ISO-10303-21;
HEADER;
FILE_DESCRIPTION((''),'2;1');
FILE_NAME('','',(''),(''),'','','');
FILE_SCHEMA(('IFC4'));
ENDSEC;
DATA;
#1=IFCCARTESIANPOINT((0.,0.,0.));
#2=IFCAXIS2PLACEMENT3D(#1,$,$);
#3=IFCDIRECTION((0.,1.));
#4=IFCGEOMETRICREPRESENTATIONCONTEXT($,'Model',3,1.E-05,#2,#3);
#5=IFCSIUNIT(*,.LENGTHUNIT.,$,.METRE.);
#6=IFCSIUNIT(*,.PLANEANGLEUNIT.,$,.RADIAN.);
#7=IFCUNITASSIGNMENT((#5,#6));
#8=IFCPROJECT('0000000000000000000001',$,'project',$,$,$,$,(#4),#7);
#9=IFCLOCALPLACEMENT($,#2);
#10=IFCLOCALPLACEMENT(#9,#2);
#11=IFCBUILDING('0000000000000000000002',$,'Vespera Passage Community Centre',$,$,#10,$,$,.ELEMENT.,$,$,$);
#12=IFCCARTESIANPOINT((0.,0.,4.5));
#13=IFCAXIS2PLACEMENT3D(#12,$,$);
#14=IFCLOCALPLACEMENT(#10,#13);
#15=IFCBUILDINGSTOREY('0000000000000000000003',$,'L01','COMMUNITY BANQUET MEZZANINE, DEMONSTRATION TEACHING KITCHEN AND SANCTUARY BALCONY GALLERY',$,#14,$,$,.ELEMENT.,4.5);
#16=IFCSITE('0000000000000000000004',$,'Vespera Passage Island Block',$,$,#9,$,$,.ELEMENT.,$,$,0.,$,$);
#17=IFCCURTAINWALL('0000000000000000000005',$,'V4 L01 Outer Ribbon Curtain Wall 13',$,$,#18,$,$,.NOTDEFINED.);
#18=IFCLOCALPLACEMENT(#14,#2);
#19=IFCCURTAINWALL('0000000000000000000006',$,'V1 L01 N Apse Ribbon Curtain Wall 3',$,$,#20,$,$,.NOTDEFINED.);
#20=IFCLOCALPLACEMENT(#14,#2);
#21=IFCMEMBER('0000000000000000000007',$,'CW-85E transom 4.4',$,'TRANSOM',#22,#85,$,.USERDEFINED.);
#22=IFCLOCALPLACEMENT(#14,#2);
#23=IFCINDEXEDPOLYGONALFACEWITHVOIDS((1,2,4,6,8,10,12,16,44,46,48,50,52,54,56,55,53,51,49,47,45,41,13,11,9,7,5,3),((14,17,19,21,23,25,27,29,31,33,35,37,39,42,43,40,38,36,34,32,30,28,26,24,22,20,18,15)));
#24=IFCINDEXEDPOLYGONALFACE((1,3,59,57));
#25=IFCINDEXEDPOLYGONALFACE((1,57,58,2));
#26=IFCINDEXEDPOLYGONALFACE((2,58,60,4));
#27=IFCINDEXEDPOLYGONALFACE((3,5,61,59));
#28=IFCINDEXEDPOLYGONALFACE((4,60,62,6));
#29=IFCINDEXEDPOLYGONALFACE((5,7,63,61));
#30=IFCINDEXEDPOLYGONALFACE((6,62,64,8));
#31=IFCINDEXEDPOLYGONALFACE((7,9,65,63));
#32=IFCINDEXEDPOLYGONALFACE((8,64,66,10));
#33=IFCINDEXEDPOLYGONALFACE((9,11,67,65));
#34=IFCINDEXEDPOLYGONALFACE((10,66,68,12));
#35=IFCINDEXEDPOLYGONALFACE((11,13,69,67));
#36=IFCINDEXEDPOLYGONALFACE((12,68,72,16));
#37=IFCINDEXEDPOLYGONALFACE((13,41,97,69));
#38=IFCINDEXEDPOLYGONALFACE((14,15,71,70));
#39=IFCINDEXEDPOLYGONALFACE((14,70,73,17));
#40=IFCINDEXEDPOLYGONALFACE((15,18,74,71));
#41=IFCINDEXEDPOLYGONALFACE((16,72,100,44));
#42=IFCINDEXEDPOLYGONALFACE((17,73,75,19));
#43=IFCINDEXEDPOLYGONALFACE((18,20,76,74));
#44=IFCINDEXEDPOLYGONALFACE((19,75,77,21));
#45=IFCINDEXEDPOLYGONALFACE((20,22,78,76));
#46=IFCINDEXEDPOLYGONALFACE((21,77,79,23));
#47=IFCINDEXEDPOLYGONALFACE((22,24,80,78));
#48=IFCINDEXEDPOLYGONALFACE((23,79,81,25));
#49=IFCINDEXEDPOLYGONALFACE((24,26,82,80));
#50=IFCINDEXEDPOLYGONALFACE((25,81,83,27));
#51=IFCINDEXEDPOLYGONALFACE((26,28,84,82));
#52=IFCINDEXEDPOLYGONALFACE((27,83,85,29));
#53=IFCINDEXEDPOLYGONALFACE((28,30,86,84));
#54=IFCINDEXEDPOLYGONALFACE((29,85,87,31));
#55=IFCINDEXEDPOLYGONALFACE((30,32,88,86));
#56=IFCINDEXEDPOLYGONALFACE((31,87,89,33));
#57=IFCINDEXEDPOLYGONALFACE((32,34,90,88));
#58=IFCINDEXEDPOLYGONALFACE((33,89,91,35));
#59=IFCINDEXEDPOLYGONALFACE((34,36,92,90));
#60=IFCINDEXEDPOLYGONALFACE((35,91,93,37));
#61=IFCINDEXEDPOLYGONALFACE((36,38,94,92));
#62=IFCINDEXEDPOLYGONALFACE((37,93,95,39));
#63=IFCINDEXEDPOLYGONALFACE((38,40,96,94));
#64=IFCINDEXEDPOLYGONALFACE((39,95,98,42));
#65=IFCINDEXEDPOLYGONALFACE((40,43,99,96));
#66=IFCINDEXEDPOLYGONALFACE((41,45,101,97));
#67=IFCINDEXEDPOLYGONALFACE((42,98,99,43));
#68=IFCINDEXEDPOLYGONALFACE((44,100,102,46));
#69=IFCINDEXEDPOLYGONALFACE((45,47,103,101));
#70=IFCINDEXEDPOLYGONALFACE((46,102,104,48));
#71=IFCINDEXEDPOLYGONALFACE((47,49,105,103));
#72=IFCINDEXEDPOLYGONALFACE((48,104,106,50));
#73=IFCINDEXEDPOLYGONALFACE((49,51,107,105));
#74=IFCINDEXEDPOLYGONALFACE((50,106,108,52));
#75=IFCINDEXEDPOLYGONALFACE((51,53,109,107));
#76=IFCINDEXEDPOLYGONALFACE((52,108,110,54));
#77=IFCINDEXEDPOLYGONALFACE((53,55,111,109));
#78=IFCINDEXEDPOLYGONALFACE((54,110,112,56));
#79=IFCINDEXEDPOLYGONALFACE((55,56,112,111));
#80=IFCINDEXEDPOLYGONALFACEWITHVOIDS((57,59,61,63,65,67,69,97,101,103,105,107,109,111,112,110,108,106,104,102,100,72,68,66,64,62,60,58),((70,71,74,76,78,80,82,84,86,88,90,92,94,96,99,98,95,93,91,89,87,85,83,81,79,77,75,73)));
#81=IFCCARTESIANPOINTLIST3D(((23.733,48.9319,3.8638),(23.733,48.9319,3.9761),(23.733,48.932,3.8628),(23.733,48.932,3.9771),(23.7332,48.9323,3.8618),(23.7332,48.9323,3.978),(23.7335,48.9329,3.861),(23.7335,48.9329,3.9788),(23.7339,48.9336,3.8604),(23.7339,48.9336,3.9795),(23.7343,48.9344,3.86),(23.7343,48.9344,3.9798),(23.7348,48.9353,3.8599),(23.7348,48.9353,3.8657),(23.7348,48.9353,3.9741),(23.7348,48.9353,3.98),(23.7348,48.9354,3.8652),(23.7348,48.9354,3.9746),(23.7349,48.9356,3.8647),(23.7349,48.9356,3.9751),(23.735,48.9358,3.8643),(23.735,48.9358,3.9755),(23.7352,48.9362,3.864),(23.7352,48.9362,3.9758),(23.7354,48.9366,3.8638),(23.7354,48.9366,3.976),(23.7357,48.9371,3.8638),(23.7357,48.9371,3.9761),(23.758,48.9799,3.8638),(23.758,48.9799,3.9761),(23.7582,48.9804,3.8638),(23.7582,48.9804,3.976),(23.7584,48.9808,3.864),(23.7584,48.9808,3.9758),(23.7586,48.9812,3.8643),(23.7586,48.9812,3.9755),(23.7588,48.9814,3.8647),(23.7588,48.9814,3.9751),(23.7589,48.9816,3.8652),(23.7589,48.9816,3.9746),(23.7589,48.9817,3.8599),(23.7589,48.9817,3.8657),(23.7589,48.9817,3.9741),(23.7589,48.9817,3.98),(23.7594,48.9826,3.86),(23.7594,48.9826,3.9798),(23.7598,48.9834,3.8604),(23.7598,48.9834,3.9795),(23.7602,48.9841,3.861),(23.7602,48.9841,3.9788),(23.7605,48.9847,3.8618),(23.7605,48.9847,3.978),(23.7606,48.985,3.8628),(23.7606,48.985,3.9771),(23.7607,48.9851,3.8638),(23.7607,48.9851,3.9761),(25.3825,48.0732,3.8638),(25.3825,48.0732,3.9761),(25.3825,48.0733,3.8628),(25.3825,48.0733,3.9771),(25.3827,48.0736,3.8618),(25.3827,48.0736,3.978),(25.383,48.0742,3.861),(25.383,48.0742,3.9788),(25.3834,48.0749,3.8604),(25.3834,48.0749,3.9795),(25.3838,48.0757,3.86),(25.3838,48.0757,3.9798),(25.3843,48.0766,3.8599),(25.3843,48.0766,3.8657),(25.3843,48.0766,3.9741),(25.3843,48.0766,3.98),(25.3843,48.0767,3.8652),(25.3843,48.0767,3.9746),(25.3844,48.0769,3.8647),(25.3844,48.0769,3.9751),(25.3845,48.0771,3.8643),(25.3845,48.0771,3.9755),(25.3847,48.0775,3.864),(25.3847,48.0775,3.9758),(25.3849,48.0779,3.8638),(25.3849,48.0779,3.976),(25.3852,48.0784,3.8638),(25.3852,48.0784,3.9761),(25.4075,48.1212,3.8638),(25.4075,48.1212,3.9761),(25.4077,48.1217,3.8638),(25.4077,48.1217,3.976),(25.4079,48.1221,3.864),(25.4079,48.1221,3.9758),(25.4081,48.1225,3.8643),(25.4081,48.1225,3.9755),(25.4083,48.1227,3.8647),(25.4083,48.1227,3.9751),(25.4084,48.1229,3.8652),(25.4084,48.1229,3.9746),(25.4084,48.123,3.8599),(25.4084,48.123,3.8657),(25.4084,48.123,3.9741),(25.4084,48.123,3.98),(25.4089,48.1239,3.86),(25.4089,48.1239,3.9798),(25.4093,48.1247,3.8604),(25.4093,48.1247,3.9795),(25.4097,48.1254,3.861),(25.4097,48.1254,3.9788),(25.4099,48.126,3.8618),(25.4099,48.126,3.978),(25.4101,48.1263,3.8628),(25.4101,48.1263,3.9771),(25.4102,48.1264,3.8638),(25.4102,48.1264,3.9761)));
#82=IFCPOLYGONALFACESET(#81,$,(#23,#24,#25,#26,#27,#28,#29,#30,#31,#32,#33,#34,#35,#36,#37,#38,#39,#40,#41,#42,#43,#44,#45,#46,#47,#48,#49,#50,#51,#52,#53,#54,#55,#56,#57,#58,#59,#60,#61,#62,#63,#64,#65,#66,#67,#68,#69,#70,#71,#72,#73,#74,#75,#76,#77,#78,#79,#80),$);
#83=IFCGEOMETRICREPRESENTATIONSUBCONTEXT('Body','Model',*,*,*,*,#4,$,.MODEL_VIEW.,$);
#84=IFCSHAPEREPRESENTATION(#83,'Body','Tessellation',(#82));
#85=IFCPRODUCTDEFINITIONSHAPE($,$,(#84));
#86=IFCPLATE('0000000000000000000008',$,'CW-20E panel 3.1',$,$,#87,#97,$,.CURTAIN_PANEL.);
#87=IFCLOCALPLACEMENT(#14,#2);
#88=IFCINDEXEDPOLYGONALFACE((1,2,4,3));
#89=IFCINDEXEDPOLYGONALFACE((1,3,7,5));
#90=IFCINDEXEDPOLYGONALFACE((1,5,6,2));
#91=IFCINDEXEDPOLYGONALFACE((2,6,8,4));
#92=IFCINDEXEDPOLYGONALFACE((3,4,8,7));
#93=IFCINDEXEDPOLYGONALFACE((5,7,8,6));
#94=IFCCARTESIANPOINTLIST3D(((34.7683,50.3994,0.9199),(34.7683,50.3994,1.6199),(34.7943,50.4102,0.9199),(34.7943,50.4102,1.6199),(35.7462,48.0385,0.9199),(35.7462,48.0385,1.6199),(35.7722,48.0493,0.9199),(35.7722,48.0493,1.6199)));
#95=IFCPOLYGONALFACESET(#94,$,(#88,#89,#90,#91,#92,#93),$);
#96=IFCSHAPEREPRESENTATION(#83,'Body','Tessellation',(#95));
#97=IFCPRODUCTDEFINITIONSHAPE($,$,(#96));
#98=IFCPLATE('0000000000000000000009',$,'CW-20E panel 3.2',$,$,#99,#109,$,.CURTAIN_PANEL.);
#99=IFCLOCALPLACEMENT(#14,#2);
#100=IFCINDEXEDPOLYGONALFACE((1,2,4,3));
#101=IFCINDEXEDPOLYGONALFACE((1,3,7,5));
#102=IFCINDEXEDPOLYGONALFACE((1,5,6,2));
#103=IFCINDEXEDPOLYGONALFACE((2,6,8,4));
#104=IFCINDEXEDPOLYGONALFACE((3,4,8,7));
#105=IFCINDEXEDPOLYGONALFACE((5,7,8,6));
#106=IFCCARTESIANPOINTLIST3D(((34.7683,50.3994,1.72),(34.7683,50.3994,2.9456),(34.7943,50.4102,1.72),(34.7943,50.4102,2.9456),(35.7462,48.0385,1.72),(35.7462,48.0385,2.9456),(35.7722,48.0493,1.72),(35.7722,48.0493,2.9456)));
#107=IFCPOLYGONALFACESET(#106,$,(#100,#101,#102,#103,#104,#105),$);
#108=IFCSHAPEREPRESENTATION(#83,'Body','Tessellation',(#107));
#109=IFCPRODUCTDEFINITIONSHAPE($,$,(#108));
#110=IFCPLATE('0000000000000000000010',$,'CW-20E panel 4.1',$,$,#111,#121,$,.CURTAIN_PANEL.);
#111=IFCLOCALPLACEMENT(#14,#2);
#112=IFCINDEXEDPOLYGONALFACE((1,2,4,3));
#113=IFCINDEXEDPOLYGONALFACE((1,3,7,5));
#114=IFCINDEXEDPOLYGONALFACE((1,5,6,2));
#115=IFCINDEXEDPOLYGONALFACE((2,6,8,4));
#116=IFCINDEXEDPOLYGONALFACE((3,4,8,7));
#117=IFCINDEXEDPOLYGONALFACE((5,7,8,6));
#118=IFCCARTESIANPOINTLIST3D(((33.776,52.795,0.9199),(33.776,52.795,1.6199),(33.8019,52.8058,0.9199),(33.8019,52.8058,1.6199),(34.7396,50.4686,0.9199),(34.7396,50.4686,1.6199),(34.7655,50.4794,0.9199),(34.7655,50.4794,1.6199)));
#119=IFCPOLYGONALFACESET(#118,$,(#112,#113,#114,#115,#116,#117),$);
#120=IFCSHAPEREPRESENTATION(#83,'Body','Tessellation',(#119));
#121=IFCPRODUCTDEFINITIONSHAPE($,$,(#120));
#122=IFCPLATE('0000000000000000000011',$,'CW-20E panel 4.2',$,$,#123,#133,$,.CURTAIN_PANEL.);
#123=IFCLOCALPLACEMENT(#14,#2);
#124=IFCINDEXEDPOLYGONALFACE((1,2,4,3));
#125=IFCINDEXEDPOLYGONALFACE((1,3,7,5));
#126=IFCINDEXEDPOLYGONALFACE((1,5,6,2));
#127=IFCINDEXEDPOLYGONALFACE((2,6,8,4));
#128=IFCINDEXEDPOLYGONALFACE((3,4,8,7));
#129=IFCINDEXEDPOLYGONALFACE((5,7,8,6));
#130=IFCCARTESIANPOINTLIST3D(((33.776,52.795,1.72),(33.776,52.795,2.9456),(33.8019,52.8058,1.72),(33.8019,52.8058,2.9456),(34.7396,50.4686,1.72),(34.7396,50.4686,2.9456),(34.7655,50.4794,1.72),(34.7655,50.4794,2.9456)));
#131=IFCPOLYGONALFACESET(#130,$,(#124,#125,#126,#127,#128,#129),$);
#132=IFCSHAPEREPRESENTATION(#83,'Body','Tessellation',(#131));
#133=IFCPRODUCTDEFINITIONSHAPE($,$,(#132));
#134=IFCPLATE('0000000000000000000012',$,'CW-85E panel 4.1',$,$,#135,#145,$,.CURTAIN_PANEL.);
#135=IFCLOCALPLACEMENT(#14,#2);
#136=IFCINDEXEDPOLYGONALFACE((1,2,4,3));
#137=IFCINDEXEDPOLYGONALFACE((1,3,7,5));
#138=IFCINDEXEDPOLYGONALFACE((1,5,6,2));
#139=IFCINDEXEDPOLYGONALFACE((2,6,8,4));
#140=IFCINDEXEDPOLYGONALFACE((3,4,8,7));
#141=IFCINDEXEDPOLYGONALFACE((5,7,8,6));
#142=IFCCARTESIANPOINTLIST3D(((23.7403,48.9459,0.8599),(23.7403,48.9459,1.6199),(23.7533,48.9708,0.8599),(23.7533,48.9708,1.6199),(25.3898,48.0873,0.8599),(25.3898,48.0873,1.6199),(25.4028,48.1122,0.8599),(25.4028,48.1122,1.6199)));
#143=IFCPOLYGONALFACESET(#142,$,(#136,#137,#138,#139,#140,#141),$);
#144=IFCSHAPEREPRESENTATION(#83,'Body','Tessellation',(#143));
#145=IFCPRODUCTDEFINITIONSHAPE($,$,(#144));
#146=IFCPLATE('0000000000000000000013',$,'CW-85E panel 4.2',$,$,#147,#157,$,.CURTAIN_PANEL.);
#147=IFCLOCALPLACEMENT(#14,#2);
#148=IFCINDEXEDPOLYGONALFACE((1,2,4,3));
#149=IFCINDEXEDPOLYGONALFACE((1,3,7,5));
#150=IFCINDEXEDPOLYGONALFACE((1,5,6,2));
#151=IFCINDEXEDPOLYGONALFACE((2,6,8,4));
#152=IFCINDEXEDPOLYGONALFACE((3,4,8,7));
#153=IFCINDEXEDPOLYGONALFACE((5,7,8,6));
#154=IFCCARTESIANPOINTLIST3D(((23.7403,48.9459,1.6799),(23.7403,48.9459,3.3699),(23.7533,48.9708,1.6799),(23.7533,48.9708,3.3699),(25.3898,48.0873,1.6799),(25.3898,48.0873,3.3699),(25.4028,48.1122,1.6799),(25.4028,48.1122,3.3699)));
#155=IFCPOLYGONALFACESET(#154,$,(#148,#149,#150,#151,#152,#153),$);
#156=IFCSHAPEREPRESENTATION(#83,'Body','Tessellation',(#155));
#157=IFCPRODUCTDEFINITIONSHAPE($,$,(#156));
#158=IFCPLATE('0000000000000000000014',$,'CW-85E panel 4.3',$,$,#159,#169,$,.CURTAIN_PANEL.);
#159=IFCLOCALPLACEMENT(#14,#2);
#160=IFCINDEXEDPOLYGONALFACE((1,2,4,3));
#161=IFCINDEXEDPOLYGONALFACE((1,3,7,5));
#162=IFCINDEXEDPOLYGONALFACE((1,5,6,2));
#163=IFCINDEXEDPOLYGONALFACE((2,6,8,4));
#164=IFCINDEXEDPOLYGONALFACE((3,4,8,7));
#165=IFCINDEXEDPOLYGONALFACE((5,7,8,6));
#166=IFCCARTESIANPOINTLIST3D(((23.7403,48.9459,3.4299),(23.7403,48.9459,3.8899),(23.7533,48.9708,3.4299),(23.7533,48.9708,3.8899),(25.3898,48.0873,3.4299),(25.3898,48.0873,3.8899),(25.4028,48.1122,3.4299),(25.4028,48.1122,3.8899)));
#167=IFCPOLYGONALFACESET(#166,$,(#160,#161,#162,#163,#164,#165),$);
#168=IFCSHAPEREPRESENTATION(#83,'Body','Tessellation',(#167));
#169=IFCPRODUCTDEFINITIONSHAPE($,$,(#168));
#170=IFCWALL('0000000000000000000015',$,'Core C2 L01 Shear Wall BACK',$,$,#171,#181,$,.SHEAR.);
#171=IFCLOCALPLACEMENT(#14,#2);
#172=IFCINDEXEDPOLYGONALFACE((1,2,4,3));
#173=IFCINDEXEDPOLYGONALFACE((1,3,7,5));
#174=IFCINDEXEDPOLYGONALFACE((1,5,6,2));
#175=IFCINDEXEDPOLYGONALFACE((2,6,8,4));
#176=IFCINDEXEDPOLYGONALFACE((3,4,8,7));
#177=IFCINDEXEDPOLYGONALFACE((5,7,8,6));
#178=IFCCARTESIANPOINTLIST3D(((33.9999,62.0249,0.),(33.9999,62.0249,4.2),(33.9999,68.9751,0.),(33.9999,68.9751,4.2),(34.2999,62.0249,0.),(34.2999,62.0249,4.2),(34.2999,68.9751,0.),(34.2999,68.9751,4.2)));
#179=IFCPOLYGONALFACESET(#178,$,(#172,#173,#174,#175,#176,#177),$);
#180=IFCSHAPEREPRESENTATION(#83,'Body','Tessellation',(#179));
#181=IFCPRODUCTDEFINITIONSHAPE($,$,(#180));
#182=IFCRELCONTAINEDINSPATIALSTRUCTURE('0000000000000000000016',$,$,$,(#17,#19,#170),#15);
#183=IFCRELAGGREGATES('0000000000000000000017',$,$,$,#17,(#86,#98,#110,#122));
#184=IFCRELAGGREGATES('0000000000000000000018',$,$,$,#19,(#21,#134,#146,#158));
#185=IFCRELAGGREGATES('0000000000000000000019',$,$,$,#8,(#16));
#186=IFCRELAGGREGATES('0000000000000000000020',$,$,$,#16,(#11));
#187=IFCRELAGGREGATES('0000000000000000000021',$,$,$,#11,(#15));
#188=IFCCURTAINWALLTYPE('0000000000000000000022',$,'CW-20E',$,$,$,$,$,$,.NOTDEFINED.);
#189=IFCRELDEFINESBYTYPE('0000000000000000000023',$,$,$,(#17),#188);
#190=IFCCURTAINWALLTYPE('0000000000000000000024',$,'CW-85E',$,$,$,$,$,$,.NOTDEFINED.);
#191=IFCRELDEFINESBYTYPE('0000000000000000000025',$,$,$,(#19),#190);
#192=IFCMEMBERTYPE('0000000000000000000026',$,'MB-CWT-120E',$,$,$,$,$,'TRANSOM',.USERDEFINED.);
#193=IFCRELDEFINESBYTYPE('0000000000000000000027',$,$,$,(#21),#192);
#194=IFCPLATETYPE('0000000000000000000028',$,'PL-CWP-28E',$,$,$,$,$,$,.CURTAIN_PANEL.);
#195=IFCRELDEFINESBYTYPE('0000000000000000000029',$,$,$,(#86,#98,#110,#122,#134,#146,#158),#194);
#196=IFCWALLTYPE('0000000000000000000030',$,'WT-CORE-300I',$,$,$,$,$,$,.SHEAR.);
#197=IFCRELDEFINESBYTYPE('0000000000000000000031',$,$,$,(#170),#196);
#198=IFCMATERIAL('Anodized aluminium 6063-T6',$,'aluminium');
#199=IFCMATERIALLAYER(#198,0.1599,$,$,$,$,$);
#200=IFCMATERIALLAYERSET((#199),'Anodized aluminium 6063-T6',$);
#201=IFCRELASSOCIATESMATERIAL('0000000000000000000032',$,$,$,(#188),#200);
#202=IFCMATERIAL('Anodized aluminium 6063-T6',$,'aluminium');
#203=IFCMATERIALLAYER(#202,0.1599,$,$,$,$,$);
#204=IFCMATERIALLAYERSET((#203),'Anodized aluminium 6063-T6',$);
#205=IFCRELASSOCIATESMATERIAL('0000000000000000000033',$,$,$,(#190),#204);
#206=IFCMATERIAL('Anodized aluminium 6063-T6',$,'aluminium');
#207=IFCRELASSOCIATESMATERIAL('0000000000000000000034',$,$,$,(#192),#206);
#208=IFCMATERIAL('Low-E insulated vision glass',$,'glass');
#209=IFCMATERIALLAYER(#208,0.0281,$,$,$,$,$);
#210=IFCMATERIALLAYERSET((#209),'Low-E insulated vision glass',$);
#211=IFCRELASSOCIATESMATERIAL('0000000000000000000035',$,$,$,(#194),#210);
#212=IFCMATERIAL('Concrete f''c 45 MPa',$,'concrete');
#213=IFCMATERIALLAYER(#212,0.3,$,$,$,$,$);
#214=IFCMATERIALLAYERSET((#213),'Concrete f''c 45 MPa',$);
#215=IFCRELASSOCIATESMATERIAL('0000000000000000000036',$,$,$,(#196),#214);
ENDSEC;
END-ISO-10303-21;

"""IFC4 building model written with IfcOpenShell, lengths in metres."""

from ifc_helpers import new_model, si_unit, direction, frame, frame_2d, origin, origin_2d, place, context, subcontext, project, spatial, rectangle, hollow_rectangle, extrude, material, layer, layer_set, material_profile, profile_set, type_object, element, aggregate, save


model = new_model("IFC4")

# Units and contexts
model_context = context("Model", 3, precision=1e-05, world=origin(), true_north=direction((0.0, 1.0)))
body_context = subcontext(model_context, "Body", "Model", "MODEL_VIEW")
ifc_project = project(units=[si_unit("LENGTHUNIT", "METRE"), si_unit("PLANEANGLEUNIT", "RADIAN")], contexts=[model_context])

# Site, building, storey
site_placement = place(None, origin())
site = spatial("IfcSite", under=ifc_project, at=site_placement, Name="Vespera Passage Island Block", CompositionType="ELEMENT", RefElevation=0.0)
building_placement = place(site_placement, origin())
building = spatial("IfcBuilding", under=site, at=building_placement, Name="Vespera Passage Community Centre", CompositionType="ELEMENT")
storey_placement = place(building_placement, frame((0.0, 0.0, 4.5)))
storey = spatial("IfcBuildingStorey", under=building, at=storey_placement, Name="L01", Description="COMMUNITY BANQUET MEZZANINE, DEMONSTRATION TEACHING KITCHEN AND SANCTUARY BALCONY GALLERY", CompositionType="ELEMENT", Elevation=4.5)

# Curtain wall
ifc_material_1 = material(Name="Anodized aluminium 6063-T6", Category="aluminium")
ifc_layer_1 = layer(ifc_material_1, 0.1599)
ifc_layer_set_1 = layer_set([ifc_layer_1], Name="Anodized aluminium 6063-T6")
curtain_wall_type_1 = type_object("IfcCurtainWallType", Name="CW-20E", PredefinedType="NOTDEFINED", material=ifc_layer_set_1)
curtain_wall_1_placement = place(storey_placement, origin())
curtain_wall_1 = element("IfcCurtainWall", 1, at=curtain_wall_1_placement, inside=storey, type_object=curtain_wall_type_1, Name="V4 L01 Outer Ribbon Curtain Wall 13", PredefinedType="NOTDEFINED")

# Curtain wall
ifc_material_2 = material(Name="Anodized aluminium 6063-T6", Category="aluminium")
ifc_layer_2 = layer(ifc_material_2, 0.1599)
ifc_layer_set_2 = layer_set([ifc_layer_2], Name="Anodized aluminium 6063-T6")
curtain_wall_type_2 = type_object("IfcCurtainWallType", Name="CW-85E", PredefinedType="NOTDEFINED", material=ifc_layer_set_2)
curtain_wall_2_placement = place(storey_placement, origin())
curtain_wall_2 = element("IfcCurtainWall", 2, at=curtain_wall_2_placement, inside=storey, type_object=curtain_wall_type_2, Name="V1 L01 N Apse Ribbon Curtain Wall 3", PredefinedType="NOTDEFINED")

# Member
ifc_material_3 = material(Name="Anodized aluminium 6063-T6", Category="aluminium")
ifc_material_profile_1 = material_profile(ifc_material_3, hollow_rectangle(XDim=0.0601, YDim=0.1201, WallThickness=0.0039, InnerFilletRadius=0.002, OuterFilletRadius=0.0039, at=origin_2d()), Name="ALU120X60X4")
ifc_profile_set_1 = profile_set([ifc_material_profile_1], Name="Anodized aluminium 6063-T6")
member_type_1 = type_object("IfcMemberType", Name="MB-CWT-120E", ElementType="TRANSOM", PredefinedType="USERDEFINED", material=ifc_profile_set_1)
member_1_placement = place(storey_placement, frame((23.7468, 48.9585, 3.9199), z_axis=(0.887008, -0.461754, 0.0), x_axis=(0.461754, 0.887008, 0.0)))
member_1 = element("IfcMember", 3, at=member_1_placement, type_object=member_type_1, Name="CW-85E transom 4.4", ObjectType="TRANSOM", PredefinedType="USERDEFINED", context=body_context, shape_type="SweptSolid", body=[
    extrude(hollow_rectangle(XDim=0.0601, YDim=0.1201, WallThickness=0.0039, InnerFilletRadius=0.002, OuterFilletRadius=0.0039, at=origin_2d()), origin(), (0.0, 0.0, 1.0), 1.8596),
])

# Plates
ifc_material_4 = material(Name="Low-E insulated vision glass", Category="glass")
ifc_layer_3 = layer(ifc_material_4, 0.0281)
ifc_layer_set_3 = layer_set([ifc_layer_3], Name="Low-E insulated vision glass")
plate_type = type_object("IfcPlateType", Name="PL-CWP-28E", PredefinedType="CURTAIN_PANEL", material=ifc_layer_set_3)
plate_1_placement = place(storey_placement, frame((35.2703, 49.2244, 0.9199), z_axis=(0.0, 0.0, 1.0), x_axis=(-0.382679, 0.923881, 0.0)))
plate_1 = element("IfcPlate", 4, at=plate_1_placement, type_object=plate_type, Name="CW-20E panel 3.1", PredefinedType="CURTAIN_PANEL", context=body_context, shape_type="SweptSolid", body=[
    extrude(rectangle(XDim=2.5554, YDim=0.0281, at=origin_2d()), origin(), (0.0, 0.0, 1.0), 0.7),
])
plate_2_placement = place(storey_placement, frame((35.2703, 49.2244, 1.72), z_axis=(0.0, 0.0, 1.0), x_axis=(-0.382679, 0.923881, 0.0)))
plate_2 = element("IfcPlate", 5, at=plate_2_placement, type_object=plate_type, Name="CW-20E panel 3.2", PredefinedType="CURTAIN_PANEL", context=body_context, shape_type="SweptSolid", body=[
    extrude(rectangle(XDim=2.5554, YDim=0.0281, at=origin_2d()), origin(), (0.0, 0.0, 1.0), 1.2256),
])
plate_3_placement = place(storey_placement, frame((34.2708, 51.6372, 0.9199), z_axis=(0.0, 0.0, 1.0), x_axis=(-0.382679, 0.923881, 0.0)))
plate_3 = element("IfcPlate", 6, at=plate_3_placement, type_object=plate_type, Name="CW-20E panel 4.1", PredefinedType="CURTAIN_PANEL", context=body_context, shape_type="SweptSolid", body=[
    extrude(rectangle(XDim=2.5181, YDim=0.0281, at=origin_2d()), origin(), (0.0, 0.0, 1.0), 0.7),
])
plate_4_placement = place(storey_placement, frame((34.2708, 51.6372, 1.72), z_axis=(0.0, 0.0, 1.0), x_axis=(-0.382679, 0.923881, 0.0)))
plate_4 = element("IfcPlate", 7, at=plate_4_placement, type_object=plate_type, Name="CW-20E panel 4.2", PredefinedType="CURTAIN_PANEL", context=body_context, shape_type="SweptSolid", body=[
    extrude(rectangle(XDim=2.5181, YDim=0.0281, at=origin_2d()), origin(), (0.0, 0.0, 1.0), 1.2256),
])
aggregate(curtain_wall_1, [plate_1, plate_2, plate_3, plate_4])
plate_5_placement = place(storey_placement, frame((24.5715, 48.5291, 0.8599), z_axis=(0.0, 0.0, 1.0), x_axis=(0.887013, -0.461745, 0.0)))
plate_5 = element("IfcPlate", 8, at=plate_5_placement, type_object=plate_type, Name="CW-85E panel 4.1", PredefinedType="CURTAIN_PANEL", context=body_context, shape_type="SweptSolid", body=[
    extrude(rectangle(XDim=1.8596, YDim=0.0281, at=origin_2d()), origin(), (0.0, 0.0, 1.0), 0.76),
])
plate_6_placement = place(storey_placement, frame((24.5715, 48.5291, 1.6799), z_axis=(0.0, 0.0, 1.0), x_axis=(0.887013, -0.461745, 0.0)))
plate_6 = element("IfcPlate", 9, at=plate_6_placement, type_object=plate_type, Name="CW-85E panel 4.2", PredefinedType="CURTAIN_PANEL", context=body_context, shape_type="SweptSolid", body=[
    extrude(rectangle(XDim=1.8596, YDim=0.0281, at=origin_2d()), origin(), (0.0, 0.0, 1.0), 1.6899),
])
plate_7_placement = place(storey_placement, frame((24.5715, 48.5291, 3.4299), z_axis=(0.0, 0.0, 1.0), x_axis=(0.887013, -0.461745, 0.0)))
plate_7 = element("IfcPlate", 10, at=plate_7_placement, type_object=plate_type, Name="CW-85E panel 4.3", PredefinedType="CURTAIN_PANEL", context=body_context, shape_type="SweptSolid", body=[
    extrude(rectangle(XDim=1.8596, YDim=0.0281, at=origin_2d()), origin(), (0.0, 0.0, 1.0), 0.46),
])
aggregate(curtain_wall_2, [member_1, plate_5, plate_6, plate_7])

# Wall
ifc_material_5 = material(Name="Concrete f'c 45 MPa", Category="concrete")
ifc_layer_4 = layer(ifc_material_5, 0.3)
ifc_layer_set_4 = layer_set([ifc_layer_4], Name="Concrete f'c 45 MPa")
wall_type_1 = type_object("IfcWallType", Name="WT-CORE-300I", PredefinedType="SHEAR", material=ifc_layer_set_4)
wall_1_placement = place(storey_placement, frame((34.1499, 62.0249, 0.0), z_axis=(0.0, 0.0, 1.0), x_axis=(0.0, 1.0, 0.0)))
element("IfcWall", 11, at=wall_1_placement, inside=storey, type_object=wall_type_1, Name="Core C2 L01 Shear Wall BACK", PredefinedType="SHEAR", context=body_context, shape_type="SweptSolid", body=[
    extrude(rectangle(XDim=6.9502, YDim=0.3, at=frame_2d((3.4751, 0.0))), origin(), (0.0, 0.0, 1.0), 4.2),
])

save(model, "model.ifc")
